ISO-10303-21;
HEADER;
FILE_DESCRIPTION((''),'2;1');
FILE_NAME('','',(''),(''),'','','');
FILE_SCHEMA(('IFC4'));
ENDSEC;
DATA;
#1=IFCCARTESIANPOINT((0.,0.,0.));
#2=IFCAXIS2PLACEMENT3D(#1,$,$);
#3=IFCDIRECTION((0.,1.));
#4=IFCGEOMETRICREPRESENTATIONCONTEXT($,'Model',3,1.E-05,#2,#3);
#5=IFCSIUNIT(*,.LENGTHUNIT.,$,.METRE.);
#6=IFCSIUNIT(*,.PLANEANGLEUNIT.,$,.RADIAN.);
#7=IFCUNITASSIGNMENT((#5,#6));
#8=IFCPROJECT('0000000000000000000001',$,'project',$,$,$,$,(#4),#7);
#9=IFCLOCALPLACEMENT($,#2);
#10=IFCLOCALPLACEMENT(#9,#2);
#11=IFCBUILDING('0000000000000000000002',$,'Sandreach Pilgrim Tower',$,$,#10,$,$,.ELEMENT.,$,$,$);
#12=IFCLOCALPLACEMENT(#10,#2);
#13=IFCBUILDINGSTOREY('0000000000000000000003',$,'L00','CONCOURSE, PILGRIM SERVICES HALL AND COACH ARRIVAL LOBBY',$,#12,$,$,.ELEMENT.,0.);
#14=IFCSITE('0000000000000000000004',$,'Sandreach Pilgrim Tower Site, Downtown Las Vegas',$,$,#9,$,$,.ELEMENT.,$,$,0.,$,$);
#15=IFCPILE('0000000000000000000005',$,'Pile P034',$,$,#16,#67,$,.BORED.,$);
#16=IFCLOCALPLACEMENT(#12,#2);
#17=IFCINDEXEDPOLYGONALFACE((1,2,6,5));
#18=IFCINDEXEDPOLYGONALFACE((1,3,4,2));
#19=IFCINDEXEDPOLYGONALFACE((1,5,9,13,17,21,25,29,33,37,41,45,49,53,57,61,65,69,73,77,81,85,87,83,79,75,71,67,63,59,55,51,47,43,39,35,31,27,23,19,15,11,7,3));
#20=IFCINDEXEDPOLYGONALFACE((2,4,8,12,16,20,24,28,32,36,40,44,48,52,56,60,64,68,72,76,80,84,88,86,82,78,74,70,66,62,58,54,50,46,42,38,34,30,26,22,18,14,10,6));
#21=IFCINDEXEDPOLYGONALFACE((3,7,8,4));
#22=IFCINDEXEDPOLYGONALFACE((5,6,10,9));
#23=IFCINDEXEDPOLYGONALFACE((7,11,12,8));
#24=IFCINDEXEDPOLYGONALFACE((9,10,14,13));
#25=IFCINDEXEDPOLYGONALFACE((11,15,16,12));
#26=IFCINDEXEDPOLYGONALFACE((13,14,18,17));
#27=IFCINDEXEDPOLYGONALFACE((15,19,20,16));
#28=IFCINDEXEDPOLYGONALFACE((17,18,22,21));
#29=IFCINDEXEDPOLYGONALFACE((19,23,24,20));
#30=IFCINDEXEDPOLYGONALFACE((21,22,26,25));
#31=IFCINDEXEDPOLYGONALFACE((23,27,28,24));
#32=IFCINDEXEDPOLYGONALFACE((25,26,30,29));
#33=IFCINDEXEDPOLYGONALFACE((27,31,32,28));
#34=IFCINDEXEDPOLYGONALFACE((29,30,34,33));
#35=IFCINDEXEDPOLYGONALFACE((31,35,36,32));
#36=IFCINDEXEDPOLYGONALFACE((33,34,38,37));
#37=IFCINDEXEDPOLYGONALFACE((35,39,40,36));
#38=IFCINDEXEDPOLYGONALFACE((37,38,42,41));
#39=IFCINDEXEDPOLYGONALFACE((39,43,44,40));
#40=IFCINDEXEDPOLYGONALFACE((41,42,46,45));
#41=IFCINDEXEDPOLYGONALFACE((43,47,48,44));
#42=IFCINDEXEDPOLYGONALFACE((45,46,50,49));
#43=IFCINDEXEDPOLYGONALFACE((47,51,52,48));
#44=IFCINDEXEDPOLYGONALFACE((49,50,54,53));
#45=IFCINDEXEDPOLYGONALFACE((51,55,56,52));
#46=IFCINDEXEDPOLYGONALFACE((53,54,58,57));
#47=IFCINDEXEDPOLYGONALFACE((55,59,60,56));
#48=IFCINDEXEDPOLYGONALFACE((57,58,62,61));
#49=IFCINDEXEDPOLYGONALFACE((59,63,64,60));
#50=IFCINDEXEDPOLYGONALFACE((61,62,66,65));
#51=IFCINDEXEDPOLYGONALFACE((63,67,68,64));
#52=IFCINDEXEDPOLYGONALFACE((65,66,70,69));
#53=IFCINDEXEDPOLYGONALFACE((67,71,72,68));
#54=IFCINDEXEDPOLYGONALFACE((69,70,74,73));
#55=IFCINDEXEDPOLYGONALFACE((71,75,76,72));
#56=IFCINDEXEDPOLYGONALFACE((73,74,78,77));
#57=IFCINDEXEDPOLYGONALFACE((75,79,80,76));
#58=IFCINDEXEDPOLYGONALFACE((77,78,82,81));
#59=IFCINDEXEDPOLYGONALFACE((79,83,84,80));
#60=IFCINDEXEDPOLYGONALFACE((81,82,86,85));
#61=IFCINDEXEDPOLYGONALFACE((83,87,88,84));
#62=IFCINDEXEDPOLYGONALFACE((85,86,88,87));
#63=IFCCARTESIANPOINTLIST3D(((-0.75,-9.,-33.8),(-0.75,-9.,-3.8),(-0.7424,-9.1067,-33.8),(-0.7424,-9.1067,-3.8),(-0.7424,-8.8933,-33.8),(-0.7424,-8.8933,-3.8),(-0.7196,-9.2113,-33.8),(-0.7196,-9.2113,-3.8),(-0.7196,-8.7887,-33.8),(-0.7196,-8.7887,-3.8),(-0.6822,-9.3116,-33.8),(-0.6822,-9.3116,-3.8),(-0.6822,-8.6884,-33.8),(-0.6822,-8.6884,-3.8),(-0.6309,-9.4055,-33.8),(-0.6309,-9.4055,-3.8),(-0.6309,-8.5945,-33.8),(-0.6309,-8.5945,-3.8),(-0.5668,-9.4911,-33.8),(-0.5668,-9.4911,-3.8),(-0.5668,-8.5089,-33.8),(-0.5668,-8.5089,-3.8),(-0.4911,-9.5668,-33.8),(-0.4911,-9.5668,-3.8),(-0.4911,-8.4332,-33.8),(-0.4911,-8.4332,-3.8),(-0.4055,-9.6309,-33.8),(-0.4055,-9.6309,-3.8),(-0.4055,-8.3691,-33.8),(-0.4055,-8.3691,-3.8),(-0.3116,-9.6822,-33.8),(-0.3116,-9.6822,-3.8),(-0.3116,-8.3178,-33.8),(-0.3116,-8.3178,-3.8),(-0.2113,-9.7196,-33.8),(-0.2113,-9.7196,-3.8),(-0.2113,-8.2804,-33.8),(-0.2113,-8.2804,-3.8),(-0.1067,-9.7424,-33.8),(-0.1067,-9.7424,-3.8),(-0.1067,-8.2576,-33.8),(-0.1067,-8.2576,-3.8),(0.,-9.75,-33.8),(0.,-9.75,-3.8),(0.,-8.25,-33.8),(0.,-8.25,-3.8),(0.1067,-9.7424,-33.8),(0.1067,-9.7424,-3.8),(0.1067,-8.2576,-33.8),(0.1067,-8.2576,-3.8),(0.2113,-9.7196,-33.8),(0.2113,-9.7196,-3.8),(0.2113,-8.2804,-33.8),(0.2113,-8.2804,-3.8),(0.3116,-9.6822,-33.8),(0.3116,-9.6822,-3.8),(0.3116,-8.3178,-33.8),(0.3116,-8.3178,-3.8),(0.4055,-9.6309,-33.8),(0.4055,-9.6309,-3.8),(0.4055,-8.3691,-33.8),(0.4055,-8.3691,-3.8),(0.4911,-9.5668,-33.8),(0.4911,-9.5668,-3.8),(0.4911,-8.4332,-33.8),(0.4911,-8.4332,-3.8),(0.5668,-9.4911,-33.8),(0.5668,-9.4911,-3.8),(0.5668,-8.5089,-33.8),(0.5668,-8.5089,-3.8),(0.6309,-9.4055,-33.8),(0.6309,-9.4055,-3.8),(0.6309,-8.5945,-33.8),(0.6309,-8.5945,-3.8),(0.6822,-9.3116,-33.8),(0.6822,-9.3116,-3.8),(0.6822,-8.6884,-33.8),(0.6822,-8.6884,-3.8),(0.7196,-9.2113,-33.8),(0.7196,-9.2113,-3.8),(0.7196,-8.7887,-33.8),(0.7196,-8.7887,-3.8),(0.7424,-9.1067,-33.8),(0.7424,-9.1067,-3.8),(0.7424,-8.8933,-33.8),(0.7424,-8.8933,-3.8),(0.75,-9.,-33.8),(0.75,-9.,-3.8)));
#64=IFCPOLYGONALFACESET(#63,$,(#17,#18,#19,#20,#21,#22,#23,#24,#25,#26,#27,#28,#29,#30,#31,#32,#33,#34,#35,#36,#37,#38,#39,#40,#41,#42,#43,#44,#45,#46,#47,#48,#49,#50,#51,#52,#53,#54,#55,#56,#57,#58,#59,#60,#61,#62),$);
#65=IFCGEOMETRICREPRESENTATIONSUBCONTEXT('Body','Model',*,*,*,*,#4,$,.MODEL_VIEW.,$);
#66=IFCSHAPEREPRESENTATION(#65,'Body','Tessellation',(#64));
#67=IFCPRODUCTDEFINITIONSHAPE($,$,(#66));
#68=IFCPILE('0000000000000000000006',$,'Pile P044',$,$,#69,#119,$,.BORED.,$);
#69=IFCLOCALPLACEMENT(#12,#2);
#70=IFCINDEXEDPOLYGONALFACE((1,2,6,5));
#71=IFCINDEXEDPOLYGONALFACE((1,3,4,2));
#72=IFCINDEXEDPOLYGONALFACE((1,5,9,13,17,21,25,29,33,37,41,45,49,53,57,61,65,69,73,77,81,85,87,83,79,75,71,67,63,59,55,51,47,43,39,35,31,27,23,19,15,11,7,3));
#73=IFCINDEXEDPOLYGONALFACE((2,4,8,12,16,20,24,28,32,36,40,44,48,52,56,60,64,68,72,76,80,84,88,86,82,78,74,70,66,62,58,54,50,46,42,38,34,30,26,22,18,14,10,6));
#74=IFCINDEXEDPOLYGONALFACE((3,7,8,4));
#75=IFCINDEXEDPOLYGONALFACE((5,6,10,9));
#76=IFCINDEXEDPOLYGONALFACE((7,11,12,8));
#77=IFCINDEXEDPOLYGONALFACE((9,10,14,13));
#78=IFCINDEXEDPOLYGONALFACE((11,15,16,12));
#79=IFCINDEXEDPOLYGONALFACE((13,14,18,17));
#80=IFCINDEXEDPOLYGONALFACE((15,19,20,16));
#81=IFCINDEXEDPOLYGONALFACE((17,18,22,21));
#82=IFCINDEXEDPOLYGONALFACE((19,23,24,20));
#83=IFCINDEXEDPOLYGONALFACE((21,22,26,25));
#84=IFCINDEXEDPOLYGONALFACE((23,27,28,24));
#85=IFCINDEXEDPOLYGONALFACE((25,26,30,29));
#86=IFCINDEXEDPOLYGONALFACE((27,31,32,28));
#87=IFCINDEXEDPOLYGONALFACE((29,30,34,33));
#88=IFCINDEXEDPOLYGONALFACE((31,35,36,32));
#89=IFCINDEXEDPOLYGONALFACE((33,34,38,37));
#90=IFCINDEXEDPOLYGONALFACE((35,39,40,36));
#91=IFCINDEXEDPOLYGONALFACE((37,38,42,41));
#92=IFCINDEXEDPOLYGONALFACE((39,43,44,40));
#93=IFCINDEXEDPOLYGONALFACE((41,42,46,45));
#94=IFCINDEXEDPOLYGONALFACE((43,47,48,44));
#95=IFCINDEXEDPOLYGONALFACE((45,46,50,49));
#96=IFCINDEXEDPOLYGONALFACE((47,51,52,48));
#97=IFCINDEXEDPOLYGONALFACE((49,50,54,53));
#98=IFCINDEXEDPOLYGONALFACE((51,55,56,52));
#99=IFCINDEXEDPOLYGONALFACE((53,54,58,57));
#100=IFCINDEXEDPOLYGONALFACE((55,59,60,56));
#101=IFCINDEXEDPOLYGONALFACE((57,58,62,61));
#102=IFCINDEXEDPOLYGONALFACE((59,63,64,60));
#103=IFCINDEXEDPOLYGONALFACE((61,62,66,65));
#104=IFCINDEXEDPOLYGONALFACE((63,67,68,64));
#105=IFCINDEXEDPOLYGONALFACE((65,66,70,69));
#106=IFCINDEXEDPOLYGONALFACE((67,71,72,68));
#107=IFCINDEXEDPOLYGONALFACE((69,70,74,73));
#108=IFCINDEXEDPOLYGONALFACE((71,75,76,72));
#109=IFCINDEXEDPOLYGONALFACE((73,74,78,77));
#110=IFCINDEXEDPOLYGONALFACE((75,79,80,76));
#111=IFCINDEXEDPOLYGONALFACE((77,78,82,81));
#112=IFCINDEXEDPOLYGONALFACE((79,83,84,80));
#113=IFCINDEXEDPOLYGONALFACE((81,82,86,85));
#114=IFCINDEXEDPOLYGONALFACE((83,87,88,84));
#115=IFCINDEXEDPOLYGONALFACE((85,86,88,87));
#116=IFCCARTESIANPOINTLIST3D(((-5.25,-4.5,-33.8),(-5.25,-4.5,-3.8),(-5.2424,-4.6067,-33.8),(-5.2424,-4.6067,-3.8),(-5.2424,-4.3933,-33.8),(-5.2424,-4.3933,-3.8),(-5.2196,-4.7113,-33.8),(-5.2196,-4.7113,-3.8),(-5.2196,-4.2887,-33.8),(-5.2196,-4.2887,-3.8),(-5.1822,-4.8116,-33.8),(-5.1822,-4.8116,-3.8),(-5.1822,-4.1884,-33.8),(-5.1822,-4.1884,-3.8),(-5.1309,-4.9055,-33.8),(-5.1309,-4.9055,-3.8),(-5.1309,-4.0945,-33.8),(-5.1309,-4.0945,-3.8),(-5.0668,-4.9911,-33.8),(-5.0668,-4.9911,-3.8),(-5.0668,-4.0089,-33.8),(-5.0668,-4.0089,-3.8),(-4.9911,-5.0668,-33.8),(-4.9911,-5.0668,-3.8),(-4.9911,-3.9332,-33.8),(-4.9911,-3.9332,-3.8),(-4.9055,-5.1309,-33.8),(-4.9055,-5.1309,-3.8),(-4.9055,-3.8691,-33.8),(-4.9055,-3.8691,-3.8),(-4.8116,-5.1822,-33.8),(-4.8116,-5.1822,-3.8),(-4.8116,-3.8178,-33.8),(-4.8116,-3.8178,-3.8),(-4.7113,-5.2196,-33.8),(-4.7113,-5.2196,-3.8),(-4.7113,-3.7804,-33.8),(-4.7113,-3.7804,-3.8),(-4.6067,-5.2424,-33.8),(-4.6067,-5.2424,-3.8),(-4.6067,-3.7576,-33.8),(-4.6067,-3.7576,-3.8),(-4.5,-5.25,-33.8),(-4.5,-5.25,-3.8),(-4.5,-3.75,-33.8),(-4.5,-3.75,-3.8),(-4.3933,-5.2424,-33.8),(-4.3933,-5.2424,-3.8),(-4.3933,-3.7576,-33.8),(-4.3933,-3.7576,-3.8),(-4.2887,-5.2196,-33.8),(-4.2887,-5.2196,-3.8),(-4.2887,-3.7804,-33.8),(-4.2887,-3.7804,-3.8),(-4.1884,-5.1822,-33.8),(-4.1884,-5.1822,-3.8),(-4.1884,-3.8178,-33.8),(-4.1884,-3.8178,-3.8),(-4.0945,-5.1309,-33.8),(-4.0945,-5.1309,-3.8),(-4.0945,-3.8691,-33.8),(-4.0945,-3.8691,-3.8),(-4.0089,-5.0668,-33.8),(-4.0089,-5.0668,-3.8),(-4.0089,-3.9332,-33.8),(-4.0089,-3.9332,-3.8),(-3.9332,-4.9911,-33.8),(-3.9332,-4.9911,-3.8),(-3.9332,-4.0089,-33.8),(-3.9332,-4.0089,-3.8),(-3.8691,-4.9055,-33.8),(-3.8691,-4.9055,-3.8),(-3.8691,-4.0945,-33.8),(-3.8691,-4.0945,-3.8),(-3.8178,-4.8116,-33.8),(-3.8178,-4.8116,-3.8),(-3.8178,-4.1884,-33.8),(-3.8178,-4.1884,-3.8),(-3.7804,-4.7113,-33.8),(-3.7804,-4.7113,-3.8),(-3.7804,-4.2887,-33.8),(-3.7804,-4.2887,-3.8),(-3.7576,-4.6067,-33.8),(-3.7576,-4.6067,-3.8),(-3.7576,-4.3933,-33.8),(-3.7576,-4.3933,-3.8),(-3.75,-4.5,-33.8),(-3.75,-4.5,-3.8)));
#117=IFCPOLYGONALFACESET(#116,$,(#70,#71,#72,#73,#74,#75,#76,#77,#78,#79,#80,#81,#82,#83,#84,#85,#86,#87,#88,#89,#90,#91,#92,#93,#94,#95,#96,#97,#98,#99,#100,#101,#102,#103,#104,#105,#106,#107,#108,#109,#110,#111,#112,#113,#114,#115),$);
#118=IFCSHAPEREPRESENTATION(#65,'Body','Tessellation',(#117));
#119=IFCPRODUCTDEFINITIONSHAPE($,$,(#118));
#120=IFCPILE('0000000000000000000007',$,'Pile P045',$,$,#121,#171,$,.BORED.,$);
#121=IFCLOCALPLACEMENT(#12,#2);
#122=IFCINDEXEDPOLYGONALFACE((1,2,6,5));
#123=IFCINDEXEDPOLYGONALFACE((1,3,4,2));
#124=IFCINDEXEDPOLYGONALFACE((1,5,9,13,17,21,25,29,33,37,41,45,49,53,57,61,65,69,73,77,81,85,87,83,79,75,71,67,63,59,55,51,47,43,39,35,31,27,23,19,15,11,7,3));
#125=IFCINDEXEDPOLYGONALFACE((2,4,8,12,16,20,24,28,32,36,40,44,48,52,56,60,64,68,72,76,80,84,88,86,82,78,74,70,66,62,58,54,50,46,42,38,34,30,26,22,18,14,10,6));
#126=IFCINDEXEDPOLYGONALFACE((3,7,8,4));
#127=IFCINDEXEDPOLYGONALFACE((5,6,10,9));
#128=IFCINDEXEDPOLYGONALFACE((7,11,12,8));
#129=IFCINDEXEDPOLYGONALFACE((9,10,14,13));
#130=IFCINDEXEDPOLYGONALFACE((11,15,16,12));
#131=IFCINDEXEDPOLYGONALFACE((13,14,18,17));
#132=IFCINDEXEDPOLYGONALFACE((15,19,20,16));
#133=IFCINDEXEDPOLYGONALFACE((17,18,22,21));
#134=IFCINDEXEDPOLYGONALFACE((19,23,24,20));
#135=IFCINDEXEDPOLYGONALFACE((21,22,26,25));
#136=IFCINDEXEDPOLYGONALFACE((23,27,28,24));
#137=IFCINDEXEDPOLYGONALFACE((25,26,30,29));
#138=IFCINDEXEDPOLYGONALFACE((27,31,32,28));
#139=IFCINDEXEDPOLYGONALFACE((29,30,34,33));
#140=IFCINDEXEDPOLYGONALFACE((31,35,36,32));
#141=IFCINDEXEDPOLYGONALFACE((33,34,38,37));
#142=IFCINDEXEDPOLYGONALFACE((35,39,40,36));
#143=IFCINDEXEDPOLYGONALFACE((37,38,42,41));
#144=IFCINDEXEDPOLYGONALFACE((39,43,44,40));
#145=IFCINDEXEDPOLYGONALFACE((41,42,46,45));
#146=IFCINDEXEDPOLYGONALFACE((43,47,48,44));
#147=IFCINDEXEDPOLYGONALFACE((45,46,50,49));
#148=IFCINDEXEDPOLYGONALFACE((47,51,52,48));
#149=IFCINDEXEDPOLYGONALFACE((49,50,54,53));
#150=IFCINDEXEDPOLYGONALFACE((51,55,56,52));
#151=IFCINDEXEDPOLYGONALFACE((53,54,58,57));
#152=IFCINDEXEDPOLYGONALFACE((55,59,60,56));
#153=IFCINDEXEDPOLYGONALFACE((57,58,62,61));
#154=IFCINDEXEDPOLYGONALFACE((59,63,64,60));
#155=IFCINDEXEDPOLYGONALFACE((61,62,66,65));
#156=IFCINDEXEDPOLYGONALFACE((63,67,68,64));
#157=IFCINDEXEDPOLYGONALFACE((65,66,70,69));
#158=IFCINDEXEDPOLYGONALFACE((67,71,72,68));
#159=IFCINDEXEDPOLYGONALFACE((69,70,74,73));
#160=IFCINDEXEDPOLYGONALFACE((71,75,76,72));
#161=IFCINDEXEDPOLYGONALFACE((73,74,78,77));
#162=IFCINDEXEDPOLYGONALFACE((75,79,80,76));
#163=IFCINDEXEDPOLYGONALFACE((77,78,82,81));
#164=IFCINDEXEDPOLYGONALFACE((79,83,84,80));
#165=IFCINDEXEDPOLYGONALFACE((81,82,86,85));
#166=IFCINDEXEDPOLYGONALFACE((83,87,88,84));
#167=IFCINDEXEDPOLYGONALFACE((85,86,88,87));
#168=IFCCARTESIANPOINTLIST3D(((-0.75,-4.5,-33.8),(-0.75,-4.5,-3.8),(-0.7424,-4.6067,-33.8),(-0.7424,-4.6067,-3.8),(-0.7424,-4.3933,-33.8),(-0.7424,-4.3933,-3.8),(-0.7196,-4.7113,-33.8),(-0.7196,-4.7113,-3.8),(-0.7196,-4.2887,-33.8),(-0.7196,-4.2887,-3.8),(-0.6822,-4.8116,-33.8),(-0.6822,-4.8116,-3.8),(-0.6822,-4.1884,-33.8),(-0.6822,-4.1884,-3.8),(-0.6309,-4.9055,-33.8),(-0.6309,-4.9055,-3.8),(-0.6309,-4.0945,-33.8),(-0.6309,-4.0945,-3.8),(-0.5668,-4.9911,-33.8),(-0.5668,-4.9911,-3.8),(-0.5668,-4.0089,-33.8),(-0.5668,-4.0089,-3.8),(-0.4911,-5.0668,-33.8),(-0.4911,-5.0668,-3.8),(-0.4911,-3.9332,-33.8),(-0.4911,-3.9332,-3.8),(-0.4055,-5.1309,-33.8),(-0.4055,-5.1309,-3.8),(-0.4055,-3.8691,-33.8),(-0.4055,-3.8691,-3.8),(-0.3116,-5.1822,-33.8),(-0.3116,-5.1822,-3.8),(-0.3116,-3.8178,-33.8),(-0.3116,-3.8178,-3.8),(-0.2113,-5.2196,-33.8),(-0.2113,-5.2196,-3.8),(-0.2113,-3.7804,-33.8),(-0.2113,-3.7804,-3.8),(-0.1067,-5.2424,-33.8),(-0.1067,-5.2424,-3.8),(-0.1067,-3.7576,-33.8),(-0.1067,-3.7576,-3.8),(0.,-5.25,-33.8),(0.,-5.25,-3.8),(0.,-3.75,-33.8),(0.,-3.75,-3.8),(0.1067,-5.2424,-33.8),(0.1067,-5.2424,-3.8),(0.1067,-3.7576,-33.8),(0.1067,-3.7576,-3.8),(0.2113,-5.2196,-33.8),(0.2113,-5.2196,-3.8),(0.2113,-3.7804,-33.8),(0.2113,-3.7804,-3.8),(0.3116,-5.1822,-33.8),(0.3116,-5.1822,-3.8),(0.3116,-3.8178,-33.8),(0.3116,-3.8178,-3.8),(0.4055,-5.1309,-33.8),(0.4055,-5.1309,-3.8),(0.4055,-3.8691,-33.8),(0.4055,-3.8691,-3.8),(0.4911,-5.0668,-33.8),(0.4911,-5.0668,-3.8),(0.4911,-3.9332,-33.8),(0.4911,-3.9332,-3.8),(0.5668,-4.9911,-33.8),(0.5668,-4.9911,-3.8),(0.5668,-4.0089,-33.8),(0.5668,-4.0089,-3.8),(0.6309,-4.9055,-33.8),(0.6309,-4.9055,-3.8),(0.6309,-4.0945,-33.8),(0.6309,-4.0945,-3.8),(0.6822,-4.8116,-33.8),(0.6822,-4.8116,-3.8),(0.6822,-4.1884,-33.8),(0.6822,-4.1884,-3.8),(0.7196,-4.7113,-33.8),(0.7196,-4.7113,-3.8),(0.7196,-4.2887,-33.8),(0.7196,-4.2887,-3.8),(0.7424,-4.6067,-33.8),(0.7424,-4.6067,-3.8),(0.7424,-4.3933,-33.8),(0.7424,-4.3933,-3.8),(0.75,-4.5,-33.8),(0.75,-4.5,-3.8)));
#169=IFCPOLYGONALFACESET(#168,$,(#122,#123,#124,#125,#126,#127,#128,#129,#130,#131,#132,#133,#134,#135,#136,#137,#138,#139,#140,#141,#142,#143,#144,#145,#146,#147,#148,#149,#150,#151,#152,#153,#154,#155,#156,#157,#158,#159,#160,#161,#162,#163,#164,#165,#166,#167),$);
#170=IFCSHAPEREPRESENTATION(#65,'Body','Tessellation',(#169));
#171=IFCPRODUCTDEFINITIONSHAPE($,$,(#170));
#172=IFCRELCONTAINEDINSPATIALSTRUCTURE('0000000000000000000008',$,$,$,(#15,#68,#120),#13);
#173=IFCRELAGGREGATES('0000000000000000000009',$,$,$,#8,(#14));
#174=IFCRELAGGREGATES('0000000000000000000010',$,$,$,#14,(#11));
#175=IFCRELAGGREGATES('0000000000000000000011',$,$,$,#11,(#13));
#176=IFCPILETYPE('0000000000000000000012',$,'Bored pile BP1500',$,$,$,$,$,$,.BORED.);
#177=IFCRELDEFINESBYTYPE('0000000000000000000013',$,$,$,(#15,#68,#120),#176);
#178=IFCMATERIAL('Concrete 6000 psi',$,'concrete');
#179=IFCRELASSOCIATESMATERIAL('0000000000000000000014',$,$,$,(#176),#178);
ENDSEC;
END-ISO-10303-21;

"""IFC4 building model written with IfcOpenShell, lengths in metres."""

from ifc_helpers import new_model, si_unit, direction, frame, origin, origin_2d, place, context, subcontext, project, spatial, circle, extrude, material, material_profile, profile_set, type_object, element, save


model = new_model("IFC4")

# Units and contexts
model_context = context("Model", 3, precision=1e-05, world=origin(), true_north=direction((0.0, 1.0)))
body_context = subcontext(model_context, "Body", "Model", "MODEL_VIEW")
ifc_project = project(units=[si_unit("LENGTHUNIT", "METRE"), si_unit("PLANEANGLEUNIT", "RADIAN")], contexts=[model_context])

# Site, building, storey
site_placement = place(None, origin())
site = spatial("IfcSite", under=ifc_project, at=site_placement, Name="Sandreach Pilgrim Tower Site, Downtown Las Vegas", CompositionType="ELEMENT", RefElevation=0.0)
building_placement = place(site_placement, origin())
building = spatial("IfcBuilding", under=site, at=building_placement, Name="Sandreach Pilgrim Tower", CompositionType="ELEMENT")
storey_placement = place(building_placement, origin())
storey = spatial("IfcBuildingStorey", under=building, at=storey_placement, Name="L00", Description="CONCOURSE, PILGRIM SERVICES HALL AND COACH ARRIVAL LOBBY", CompositionType="ELEMENT", Elevation=0.0)

# Piles
ifc_material_1 = material(Name="Concrete 6000 psi", Category="concrete")
ifc_material_profile = material_profile(ifc_material_1, circle(Radius=0.75, at=origin_2d()), Name="BP1500")
ifc_profile_set = profile_set([ifc_material_profile], Name="Concrete 6000 psi")
pile_type = type_object("IfcPileType", Name="Bored pile BP1500", PredefinedType="BORED", material=ifc_profile_set)
for number, where, z_axis, x_axis, name in (
    (1, (0.0, -9.0, -3.8), (0.0, 0.0, -1.0), (1.0, 0.0, 0.0), "Pile P034"),
    (2, (-4.5, -4.5, -3.8), (0.0, 0.0, -1.0), (1.0, 0.0, 0.0), "Pile P044"),
    (3, (0.0, -4.5, -3.8), (0.0, 0.0, -1.0), (1.0, 0.0, 0.0), "Pile P045"),
):
    element("IfcPile", number, at=place(storey_placement, frame(where, z_axis=z_axis, x_axis=x_axis)), inside=storey, type_object=pile_type, Name=name, PredefinedType="BORED", context=body_context, shape_type="SweptSolid", body=[
        extrude(circle(Radius=0.75, at=origin_2d()), origin(), (0.0, 0.0, 1.0), 30.0),
    ])

save(model, "model.ifc")
